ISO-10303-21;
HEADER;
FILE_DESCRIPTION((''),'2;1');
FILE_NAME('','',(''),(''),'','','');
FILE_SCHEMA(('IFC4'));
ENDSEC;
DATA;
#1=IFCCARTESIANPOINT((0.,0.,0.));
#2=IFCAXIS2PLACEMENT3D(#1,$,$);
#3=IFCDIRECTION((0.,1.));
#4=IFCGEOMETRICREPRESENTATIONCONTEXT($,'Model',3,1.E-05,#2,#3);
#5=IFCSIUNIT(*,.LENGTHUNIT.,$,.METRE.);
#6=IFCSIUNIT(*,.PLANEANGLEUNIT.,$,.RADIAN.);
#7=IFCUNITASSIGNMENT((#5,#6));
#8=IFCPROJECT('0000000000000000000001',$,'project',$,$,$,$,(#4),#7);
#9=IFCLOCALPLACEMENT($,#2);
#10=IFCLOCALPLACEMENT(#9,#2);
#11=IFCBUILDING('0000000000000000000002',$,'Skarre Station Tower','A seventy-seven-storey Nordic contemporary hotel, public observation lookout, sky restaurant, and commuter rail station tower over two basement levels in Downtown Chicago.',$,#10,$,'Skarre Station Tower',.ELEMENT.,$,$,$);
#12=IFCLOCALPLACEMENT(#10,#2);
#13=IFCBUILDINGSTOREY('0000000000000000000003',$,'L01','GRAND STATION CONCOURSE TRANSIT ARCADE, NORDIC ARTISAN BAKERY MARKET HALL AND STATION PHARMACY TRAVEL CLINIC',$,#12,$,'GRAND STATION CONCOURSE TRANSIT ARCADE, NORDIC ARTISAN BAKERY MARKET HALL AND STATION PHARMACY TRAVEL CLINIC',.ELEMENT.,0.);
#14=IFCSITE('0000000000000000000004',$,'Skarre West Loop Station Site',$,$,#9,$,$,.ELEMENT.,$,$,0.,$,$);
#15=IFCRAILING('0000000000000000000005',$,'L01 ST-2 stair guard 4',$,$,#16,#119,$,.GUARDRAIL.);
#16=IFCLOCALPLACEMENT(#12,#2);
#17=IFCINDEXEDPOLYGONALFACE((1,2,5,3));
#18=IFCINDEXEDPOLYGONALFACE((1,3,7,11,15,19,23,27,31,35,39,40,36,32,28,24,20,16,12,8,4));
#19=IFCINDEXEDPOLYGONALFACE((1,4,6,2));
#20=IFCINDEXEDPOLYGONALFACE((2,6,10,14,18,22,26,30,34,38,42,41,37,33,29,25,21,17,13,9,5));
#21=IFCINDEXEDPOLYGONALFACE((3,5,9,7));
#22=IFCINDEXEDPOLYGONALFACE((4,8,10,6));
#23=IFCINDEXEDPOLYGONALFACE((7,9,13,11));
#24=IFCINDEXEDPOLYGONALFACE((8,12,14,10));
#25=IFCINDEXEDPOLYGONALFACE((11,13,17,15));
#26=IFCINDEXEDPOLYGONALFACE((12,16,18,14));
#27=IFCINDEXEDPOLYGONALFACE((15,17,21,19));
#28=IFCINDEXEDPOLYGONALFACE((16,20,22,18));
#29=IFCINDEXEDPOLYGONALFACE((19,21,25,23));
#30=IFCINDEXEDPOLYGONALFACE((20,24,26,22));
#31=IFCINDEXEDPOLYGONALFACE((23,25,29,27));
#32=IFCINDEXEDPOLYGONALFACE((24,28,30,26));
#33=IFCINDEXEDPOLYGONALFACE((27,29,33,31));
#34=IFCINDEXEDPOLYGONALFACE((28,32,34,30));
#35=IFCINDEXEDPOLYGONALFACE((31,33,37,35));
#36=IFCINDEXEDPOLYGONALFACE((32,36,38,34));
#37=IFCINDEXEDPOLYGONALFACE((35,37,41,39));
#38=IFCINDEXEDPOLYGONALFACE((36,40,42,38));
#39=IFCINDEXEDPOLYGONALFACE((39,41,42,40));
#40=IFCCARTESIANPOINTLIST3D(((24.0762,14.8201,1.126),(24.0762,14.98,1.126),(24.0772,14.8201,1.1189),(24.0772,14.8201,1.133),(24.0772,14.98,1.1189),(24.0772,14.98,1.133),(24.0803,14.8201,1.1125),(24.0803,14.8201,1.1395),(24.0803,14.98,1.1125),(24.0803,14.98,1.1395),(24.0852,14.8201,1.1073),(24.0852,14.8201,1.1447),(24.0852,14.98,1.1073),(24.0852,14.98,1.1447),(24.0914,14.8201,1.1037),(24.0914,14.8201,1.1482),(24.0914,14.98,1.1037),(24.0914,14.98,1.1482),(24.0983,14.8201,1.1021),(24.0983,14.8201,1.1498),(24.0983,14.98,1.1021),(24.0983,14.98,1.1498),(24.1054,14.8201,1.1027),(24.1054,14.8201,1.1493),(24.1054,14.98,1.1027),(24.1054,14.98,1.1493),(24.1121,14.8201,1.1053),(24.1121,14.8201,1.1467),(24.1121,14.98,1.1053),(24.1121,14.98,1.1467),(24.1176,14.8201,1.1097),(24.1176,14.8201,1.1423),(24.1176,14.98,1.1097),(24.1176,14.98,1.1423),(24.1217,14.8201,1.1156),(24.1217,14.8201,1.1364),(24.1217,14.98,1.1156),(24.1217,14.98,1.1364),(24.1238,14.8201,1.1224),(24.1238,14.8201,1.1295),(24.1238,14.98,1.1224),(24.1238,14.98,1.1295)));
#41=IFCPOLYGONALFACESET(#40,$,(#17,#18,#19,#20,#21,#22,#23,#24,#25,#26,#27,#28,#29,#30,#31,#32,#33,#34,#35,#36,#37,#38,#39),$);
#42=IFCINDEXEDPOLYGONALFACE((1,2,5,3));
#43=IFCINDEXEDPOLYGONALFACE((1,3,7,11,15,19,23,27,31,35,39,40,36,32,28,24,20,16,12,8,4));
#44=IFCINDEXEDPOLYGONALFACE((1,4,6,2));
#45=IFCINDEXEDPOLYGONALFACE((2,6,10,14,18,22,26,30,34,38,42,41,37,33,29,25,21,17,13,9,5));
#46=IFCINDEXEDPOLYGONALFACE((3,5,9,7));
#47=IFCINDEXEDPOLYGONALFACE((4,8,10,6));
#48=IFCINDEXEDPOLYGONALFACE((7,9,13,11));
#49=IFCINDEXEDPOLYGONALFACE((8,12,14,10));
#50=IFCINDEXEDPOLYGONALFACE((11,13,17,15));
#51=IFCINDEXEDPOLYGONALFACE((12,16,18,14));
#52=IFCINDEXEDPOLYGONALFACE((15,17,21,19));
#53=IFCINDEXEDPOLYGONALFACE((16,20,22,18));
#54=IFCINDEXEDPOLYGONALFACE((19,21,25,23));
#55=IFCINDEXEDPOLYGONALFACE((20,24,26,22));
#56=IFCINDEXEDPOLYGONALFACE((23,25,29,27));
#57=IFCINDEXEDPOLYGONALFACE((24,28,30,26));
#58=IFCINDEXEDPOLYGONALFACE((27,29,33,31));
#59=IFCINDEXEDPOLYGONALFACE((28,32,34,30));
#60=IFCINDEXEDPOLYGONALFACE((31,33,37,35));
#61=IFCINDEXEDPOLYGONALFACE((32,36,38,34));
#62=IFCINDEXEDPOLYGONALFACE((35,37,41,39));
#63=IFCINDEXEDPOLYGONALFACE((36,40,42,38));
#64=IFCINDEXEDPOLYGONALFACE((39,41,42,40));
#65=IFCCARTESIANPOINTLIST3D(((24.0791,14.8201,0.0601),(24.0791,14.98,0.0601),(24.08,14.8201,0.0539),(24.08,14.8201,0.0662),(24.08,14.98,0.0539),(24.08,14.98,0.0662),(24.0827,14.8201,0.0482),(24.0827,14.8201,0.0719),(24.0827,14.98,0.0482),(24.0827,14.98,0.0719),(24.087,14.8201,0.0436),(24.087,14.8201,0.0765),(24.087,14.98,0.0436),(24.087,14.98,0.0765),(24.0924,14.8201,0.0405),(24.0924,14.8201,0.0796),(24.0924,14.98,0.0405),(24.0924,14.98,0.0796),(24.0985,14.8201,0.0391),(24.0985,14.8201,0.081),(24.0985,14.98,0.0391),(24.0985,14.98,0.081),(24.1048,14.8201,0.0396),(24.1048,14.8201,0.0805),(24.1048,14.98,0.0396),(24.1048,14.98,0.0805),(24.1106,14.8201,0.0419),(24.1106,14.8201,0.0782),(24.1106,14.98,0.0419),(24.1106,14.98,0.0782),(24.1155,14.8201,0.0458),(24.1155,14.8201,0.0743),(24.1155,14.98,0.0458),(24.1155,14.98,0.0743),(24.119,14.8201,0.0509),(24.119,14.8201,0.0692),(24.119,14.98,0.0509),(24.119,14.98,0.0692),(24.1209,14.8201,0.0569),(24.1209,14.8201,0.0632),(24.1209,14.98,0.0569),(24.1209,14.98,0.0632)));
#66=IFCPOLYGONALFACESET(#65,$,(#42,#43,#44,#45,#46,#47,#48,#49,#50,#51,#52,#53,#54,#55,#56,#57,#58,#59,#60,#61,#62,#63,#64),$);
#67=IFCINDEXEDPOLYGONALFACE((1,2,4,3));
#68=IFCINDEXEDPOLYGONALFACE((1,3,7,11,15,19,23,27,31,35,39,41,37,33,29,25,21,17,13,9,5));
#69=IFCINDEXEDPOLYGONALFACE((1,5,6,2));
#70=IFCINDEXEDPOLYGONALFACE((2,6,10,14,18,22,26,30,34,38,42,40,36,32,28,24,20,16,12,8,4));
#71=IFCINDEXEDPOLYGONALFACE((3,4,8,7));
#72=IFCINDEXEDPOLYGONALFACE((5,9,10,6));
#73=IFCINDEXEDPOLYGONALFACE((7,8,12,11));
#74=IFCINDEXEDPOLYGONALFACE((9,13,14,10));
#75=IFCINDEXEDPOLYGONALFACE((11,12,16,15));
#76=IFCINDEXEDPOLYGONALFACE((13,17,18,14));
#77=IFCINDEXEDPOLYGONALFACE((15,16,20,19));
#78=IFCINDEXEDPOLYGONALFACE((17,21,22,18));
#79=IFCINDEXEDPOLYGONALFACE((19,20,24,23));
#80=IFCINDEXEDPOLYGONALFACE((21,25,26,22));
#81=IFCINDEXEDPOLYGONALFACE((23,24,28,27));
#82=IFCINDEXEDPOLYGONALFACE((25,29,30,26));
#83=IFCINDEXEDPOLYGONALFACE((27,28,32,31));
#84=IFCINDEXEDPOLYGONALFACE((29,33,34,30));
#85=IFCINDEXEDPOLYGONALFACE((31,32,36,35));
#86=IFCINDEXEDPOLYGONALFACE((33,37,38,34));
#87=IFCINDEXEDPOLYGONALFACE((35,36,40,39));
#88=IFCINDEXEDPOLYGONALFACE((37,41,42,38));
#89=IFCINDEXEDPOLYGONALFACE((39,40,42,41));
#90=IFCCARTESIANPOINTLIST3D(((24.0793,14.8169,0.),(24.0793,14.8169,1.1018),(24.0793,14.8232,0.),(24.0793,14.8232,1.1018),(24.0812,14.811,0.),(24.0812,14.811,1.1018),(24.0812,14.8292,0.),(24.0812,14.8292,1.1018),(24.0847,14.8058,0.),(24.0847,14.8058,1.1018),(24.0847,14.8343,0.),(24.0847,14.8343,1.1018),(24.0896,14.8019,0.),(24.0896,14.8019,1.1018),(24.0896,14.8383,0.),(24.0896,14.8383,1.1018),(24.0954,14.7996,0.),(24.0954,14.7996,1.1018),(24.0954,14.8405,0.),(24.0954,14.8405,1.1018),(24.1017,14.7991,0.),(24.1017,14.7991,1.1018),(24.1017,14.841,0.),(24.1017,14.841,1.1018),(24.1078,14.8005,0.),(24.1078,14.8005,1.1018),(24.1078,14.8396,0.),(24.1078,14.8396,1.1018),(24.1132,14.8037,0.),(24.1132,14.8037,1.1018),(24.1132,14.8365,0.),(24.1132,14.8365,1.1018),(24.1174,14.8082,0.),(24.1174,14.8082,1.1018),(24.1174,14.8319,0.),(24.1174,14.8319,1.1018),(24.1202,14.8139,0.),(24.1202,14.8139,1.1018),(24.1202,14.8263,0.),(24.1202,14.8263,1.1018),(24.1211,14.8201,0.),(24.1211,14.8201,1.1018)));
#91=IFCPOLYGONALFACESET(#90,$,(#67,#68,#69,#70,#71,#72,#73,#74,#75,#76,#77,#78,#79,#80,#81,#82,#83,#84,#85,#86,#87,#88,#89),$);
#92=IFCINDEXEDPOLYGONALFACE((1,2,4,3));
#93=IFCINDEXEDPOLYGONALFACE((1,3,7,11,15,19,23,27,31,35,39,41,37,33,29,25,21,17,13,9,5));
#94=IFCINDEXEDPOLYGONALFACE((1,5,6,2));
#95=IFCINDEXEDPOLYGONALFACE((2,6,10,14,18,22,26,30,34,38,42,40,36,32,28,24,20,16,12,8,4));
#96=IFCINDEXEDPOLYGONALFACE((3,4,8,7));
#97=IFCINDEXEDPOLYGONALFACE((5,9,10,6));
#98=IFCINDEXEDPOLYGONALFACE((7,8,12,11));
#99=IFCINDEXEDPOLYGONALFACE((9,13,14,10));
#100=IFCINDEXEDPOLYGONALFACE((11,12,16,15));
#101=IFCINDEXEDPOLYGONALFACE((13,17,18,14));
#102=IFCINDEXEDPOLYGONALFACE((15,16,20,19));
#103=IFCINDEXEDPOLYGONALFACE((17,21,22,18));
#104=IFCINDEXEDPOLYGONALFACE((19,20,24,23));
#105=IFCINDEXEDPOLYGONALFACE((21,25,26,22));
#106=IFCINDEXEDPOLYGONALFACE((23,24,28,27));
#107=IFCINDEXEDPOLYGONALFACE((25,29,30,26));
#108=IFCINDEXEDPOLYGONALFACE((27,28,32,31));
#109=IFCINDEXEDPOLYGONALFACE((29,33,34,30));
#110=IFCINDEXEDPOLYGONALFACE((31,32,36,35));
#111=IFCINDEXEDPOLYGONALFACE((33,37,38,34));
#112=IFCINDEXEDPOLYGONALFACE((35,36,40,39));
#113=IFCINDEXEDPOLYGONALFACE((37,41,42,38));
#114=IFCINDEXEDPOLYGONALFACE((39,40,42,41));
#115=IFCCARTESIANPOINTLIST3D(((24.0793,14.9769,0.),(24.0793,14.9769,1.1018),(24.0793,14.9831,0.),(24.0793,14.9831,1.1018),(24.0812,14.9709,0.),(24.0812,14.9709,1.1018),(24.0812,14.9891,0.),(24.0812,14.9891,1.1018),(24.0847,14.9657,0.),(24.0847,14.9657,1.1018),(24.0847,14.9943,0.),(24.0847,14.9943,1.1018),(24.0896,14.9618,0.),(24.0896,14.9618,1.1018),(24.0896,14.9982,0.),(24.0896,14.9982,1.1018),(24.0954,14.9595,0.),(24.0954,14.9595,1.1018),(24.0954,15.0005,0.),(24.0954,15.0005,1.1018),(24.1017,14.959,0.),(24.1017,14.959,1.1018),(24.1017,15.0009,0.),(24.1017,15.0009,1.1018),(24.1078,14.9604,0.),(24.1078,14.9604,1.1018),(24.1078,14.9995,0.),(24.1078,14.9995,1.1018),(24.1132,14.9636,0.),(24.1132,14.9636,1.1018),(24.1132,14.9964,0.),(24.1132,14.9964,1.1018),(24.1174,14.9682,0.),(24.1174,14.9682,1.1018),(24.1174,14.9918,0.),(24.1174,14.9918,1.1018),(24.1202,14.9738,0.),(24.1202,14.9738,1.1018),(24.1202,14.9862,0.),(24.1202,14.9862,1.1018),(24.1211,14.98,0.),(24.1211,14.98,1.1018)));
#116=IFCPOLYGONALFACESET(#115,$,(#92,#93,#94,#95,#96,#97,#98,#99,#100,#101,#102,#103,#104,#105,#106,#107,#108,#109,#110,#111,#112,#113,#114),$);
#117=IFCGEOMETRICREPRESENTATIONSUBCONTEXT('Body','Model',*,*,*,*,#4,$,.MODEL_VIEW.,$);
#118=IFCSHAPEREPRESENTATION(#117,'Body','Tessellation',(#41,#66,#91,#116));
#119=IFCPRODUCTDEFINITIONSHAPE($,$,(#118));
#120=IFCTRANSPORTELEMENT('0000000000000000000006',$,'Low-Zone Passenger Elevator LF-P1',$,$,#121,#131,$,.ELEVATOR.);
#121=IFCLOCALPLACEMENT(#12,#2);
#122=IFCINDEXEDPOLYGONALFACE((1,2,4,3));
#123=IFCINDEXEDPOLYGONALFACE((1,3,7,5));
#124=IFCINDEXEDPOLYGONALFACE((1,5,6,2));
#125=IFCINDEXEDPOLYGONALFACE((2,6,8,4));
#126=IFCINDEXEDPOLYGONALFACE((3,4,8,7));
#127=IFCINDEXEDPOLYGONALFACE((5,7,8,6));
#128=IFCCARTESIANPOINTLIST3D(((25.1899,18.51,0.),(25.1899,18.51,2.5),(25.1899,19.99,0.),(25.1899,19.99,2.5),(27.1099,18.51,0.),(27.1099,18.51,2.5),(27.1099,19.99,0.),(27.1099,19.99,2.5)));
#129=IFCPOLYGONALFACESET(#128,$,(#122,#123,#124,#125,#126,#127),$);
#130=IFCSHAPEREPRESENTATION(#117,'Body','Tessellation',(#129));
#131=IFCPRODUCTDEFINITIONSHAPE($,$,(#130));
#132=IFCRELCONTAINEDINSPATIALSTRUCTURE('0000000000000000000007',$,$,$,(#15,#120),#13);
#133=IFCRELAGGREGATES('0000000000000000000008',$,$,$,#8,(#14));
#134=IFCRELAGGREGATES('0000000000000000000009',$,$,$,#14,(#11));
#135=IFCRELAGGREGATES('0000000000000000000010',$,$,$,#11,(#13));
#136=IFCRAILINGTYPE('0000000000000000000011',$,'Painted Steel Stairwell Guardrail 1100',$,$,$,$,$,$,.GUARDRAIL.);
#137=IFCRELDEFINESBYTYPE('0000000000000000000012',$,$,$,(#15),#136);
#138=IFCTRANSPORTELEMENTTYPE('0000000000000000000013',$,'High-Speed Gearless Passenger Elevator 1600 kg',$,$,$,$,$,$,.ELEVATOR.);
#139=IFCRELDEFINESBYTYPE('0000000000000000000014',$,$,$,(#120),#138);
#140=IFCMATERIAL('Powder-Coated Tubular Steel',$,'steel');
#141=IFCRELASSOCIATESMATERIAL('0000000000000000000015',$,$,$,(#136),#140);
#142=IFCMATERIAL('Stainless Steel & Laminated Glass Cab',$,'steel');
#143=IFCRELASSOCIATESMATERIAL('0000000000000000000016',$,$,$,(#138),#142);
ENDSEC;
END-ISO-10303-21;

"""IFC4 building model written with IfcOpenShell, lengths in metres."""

from ifc_helpers import new_model, si_unit, direction, frame, origin, origin_2d, place, context, subcontext, project, spatial, rectangle, circle, extrude, material, type_object, element, save


model = new_model("IFC4")

# Units and contexts
model_context = context("Model", 3, precision=1e-05, world=origin(), true_north=direction((0.0, 1.0)))
body_context = subcontext(model_context, "Body", "Model", "MODEL_VIEW")
ifc_project = project(units=[si_unit("LENGTHUNIT", "METRE"), si_unit("PLANEANGLEUNIT", "RADIAN")], contexts=[model_context])

# Site, building, storey
site_placement = place(None, origin())
site = spatial("IfcSite", under=ifc_project, at=site_placement, Name="Skarre West Loop Station Site", CompositionType="ELEMENT", RefElevation=0.0)
building_placement = place(site_placement, origin())
building = spatial("IfcBuilding", under=site, at=building_placement, Name="Skarre Station Tower", Description="A seventy-seven-storey Nordic contemporary hotel, public observation lookout, sky restaurant, and commuter rail station tower over two basement levels in Downtown Chicago.", LongName="Skarre Station Tower", CompositionType="ELEMENT")
storey_placement = place(building_placement, origin())
storey = spatial("IfcBuildingStorey", under=building, at=storey_placement, Name="L01", Description="GRAND STATION CONCOURSE TRANSIT ARCADE, NORDIC ARTISAN BAKERY MARKET HALL AND STATION PHARMACY TRAVEL CLINIC", LongName="GRAND STATION CONCOURSE TRANSIT ARCADE, NORDIC ARTISAN BAKERY MARKET HALL AND STATION PHARMACY TRAVEL CLINIC", CompositionType="ELEMENT", Elevation=0.0)

# Railing
ifc_material_1 = material(Name="Powder-Coated Tubular Steel", Category="steel")
railing_type_1 = type_object("IfcRailingType", Name="Painted Steel Stairwell Guardrail 1100", PredefinedType="GUARDRAIL", material=ifc_material_1)
railing_1_placement = place(storey_placement, frame((24.1001, 14.8201, 0.0)))
element("IfcRailing", 1, at=railing_1_placement, inside=storey, type_object=railing_type_1, Name="L01 ST-2 stair guard 4", PredefinedType="GUARDRAIL", context=body_context, shape_type="SweptSolid", body=[
    extrude(circle(Radius=0.0239, at=origin_2d()), frame((0.0, 0.0, 1.126), z_axis=(0.0, 1.0, 0.0), x_axis=(-1.0, 0.0, 0.0)), (0.0, 0.0, 1.0), 0.1599),
    extrude(circle(Radius=0.021, at=origin_2d()), frame((0.0, 0.0, 0.0601), z_axis=(0.0, 1.0, 0.0), x_axis=(-1.0, 0.0, 0.0)), (0.0, 0.0, 1.0), 0.1599),
    extrude(circle(Radius=0.021, at=origin_2d()), origin(), (0.0, 0.0, 1.0), 1.1018),
    extrude(circle(Radius=0.021, at=origin_2d()), frame((0.0, 0.1599, 0.0)), (0.0, 0.0, 1.0), 1.1018),
])

# Transport element
ifc_material_2 = material(Name="Stainless Steel & Laminated Glass Cab", Category="steel")
transport_element_type = type_object("IfcTransportElementType", Name="High-Speed Gearless Passenger Elevator 1600 kg", PredefinedType="ELEVATOR", material=ifc_material_2)
transport_element_placement = place(storey_placement, frame((26.1499, 19.25, 0.0), z_axis=(0.0, 0.0, 1.0), x_axis=(1.0, 0.0, 0.0)))
element("IfcTransportElement", 2, at=transport_element_placement, inside=storey, type_object=transport_element_type, Name="Low-Zone Passenger Elevator LF-P1", PredefinedType="ELEVATOR", context=body_context, shape_type="SweptSolid", body=[
    extrude(rectangle(XDim=1.9199, YDim=1.48, at=origin_2d()), origin(), (0.0, 0.0, 1.0), 2.5),
])

save(model, "model.ifc")
